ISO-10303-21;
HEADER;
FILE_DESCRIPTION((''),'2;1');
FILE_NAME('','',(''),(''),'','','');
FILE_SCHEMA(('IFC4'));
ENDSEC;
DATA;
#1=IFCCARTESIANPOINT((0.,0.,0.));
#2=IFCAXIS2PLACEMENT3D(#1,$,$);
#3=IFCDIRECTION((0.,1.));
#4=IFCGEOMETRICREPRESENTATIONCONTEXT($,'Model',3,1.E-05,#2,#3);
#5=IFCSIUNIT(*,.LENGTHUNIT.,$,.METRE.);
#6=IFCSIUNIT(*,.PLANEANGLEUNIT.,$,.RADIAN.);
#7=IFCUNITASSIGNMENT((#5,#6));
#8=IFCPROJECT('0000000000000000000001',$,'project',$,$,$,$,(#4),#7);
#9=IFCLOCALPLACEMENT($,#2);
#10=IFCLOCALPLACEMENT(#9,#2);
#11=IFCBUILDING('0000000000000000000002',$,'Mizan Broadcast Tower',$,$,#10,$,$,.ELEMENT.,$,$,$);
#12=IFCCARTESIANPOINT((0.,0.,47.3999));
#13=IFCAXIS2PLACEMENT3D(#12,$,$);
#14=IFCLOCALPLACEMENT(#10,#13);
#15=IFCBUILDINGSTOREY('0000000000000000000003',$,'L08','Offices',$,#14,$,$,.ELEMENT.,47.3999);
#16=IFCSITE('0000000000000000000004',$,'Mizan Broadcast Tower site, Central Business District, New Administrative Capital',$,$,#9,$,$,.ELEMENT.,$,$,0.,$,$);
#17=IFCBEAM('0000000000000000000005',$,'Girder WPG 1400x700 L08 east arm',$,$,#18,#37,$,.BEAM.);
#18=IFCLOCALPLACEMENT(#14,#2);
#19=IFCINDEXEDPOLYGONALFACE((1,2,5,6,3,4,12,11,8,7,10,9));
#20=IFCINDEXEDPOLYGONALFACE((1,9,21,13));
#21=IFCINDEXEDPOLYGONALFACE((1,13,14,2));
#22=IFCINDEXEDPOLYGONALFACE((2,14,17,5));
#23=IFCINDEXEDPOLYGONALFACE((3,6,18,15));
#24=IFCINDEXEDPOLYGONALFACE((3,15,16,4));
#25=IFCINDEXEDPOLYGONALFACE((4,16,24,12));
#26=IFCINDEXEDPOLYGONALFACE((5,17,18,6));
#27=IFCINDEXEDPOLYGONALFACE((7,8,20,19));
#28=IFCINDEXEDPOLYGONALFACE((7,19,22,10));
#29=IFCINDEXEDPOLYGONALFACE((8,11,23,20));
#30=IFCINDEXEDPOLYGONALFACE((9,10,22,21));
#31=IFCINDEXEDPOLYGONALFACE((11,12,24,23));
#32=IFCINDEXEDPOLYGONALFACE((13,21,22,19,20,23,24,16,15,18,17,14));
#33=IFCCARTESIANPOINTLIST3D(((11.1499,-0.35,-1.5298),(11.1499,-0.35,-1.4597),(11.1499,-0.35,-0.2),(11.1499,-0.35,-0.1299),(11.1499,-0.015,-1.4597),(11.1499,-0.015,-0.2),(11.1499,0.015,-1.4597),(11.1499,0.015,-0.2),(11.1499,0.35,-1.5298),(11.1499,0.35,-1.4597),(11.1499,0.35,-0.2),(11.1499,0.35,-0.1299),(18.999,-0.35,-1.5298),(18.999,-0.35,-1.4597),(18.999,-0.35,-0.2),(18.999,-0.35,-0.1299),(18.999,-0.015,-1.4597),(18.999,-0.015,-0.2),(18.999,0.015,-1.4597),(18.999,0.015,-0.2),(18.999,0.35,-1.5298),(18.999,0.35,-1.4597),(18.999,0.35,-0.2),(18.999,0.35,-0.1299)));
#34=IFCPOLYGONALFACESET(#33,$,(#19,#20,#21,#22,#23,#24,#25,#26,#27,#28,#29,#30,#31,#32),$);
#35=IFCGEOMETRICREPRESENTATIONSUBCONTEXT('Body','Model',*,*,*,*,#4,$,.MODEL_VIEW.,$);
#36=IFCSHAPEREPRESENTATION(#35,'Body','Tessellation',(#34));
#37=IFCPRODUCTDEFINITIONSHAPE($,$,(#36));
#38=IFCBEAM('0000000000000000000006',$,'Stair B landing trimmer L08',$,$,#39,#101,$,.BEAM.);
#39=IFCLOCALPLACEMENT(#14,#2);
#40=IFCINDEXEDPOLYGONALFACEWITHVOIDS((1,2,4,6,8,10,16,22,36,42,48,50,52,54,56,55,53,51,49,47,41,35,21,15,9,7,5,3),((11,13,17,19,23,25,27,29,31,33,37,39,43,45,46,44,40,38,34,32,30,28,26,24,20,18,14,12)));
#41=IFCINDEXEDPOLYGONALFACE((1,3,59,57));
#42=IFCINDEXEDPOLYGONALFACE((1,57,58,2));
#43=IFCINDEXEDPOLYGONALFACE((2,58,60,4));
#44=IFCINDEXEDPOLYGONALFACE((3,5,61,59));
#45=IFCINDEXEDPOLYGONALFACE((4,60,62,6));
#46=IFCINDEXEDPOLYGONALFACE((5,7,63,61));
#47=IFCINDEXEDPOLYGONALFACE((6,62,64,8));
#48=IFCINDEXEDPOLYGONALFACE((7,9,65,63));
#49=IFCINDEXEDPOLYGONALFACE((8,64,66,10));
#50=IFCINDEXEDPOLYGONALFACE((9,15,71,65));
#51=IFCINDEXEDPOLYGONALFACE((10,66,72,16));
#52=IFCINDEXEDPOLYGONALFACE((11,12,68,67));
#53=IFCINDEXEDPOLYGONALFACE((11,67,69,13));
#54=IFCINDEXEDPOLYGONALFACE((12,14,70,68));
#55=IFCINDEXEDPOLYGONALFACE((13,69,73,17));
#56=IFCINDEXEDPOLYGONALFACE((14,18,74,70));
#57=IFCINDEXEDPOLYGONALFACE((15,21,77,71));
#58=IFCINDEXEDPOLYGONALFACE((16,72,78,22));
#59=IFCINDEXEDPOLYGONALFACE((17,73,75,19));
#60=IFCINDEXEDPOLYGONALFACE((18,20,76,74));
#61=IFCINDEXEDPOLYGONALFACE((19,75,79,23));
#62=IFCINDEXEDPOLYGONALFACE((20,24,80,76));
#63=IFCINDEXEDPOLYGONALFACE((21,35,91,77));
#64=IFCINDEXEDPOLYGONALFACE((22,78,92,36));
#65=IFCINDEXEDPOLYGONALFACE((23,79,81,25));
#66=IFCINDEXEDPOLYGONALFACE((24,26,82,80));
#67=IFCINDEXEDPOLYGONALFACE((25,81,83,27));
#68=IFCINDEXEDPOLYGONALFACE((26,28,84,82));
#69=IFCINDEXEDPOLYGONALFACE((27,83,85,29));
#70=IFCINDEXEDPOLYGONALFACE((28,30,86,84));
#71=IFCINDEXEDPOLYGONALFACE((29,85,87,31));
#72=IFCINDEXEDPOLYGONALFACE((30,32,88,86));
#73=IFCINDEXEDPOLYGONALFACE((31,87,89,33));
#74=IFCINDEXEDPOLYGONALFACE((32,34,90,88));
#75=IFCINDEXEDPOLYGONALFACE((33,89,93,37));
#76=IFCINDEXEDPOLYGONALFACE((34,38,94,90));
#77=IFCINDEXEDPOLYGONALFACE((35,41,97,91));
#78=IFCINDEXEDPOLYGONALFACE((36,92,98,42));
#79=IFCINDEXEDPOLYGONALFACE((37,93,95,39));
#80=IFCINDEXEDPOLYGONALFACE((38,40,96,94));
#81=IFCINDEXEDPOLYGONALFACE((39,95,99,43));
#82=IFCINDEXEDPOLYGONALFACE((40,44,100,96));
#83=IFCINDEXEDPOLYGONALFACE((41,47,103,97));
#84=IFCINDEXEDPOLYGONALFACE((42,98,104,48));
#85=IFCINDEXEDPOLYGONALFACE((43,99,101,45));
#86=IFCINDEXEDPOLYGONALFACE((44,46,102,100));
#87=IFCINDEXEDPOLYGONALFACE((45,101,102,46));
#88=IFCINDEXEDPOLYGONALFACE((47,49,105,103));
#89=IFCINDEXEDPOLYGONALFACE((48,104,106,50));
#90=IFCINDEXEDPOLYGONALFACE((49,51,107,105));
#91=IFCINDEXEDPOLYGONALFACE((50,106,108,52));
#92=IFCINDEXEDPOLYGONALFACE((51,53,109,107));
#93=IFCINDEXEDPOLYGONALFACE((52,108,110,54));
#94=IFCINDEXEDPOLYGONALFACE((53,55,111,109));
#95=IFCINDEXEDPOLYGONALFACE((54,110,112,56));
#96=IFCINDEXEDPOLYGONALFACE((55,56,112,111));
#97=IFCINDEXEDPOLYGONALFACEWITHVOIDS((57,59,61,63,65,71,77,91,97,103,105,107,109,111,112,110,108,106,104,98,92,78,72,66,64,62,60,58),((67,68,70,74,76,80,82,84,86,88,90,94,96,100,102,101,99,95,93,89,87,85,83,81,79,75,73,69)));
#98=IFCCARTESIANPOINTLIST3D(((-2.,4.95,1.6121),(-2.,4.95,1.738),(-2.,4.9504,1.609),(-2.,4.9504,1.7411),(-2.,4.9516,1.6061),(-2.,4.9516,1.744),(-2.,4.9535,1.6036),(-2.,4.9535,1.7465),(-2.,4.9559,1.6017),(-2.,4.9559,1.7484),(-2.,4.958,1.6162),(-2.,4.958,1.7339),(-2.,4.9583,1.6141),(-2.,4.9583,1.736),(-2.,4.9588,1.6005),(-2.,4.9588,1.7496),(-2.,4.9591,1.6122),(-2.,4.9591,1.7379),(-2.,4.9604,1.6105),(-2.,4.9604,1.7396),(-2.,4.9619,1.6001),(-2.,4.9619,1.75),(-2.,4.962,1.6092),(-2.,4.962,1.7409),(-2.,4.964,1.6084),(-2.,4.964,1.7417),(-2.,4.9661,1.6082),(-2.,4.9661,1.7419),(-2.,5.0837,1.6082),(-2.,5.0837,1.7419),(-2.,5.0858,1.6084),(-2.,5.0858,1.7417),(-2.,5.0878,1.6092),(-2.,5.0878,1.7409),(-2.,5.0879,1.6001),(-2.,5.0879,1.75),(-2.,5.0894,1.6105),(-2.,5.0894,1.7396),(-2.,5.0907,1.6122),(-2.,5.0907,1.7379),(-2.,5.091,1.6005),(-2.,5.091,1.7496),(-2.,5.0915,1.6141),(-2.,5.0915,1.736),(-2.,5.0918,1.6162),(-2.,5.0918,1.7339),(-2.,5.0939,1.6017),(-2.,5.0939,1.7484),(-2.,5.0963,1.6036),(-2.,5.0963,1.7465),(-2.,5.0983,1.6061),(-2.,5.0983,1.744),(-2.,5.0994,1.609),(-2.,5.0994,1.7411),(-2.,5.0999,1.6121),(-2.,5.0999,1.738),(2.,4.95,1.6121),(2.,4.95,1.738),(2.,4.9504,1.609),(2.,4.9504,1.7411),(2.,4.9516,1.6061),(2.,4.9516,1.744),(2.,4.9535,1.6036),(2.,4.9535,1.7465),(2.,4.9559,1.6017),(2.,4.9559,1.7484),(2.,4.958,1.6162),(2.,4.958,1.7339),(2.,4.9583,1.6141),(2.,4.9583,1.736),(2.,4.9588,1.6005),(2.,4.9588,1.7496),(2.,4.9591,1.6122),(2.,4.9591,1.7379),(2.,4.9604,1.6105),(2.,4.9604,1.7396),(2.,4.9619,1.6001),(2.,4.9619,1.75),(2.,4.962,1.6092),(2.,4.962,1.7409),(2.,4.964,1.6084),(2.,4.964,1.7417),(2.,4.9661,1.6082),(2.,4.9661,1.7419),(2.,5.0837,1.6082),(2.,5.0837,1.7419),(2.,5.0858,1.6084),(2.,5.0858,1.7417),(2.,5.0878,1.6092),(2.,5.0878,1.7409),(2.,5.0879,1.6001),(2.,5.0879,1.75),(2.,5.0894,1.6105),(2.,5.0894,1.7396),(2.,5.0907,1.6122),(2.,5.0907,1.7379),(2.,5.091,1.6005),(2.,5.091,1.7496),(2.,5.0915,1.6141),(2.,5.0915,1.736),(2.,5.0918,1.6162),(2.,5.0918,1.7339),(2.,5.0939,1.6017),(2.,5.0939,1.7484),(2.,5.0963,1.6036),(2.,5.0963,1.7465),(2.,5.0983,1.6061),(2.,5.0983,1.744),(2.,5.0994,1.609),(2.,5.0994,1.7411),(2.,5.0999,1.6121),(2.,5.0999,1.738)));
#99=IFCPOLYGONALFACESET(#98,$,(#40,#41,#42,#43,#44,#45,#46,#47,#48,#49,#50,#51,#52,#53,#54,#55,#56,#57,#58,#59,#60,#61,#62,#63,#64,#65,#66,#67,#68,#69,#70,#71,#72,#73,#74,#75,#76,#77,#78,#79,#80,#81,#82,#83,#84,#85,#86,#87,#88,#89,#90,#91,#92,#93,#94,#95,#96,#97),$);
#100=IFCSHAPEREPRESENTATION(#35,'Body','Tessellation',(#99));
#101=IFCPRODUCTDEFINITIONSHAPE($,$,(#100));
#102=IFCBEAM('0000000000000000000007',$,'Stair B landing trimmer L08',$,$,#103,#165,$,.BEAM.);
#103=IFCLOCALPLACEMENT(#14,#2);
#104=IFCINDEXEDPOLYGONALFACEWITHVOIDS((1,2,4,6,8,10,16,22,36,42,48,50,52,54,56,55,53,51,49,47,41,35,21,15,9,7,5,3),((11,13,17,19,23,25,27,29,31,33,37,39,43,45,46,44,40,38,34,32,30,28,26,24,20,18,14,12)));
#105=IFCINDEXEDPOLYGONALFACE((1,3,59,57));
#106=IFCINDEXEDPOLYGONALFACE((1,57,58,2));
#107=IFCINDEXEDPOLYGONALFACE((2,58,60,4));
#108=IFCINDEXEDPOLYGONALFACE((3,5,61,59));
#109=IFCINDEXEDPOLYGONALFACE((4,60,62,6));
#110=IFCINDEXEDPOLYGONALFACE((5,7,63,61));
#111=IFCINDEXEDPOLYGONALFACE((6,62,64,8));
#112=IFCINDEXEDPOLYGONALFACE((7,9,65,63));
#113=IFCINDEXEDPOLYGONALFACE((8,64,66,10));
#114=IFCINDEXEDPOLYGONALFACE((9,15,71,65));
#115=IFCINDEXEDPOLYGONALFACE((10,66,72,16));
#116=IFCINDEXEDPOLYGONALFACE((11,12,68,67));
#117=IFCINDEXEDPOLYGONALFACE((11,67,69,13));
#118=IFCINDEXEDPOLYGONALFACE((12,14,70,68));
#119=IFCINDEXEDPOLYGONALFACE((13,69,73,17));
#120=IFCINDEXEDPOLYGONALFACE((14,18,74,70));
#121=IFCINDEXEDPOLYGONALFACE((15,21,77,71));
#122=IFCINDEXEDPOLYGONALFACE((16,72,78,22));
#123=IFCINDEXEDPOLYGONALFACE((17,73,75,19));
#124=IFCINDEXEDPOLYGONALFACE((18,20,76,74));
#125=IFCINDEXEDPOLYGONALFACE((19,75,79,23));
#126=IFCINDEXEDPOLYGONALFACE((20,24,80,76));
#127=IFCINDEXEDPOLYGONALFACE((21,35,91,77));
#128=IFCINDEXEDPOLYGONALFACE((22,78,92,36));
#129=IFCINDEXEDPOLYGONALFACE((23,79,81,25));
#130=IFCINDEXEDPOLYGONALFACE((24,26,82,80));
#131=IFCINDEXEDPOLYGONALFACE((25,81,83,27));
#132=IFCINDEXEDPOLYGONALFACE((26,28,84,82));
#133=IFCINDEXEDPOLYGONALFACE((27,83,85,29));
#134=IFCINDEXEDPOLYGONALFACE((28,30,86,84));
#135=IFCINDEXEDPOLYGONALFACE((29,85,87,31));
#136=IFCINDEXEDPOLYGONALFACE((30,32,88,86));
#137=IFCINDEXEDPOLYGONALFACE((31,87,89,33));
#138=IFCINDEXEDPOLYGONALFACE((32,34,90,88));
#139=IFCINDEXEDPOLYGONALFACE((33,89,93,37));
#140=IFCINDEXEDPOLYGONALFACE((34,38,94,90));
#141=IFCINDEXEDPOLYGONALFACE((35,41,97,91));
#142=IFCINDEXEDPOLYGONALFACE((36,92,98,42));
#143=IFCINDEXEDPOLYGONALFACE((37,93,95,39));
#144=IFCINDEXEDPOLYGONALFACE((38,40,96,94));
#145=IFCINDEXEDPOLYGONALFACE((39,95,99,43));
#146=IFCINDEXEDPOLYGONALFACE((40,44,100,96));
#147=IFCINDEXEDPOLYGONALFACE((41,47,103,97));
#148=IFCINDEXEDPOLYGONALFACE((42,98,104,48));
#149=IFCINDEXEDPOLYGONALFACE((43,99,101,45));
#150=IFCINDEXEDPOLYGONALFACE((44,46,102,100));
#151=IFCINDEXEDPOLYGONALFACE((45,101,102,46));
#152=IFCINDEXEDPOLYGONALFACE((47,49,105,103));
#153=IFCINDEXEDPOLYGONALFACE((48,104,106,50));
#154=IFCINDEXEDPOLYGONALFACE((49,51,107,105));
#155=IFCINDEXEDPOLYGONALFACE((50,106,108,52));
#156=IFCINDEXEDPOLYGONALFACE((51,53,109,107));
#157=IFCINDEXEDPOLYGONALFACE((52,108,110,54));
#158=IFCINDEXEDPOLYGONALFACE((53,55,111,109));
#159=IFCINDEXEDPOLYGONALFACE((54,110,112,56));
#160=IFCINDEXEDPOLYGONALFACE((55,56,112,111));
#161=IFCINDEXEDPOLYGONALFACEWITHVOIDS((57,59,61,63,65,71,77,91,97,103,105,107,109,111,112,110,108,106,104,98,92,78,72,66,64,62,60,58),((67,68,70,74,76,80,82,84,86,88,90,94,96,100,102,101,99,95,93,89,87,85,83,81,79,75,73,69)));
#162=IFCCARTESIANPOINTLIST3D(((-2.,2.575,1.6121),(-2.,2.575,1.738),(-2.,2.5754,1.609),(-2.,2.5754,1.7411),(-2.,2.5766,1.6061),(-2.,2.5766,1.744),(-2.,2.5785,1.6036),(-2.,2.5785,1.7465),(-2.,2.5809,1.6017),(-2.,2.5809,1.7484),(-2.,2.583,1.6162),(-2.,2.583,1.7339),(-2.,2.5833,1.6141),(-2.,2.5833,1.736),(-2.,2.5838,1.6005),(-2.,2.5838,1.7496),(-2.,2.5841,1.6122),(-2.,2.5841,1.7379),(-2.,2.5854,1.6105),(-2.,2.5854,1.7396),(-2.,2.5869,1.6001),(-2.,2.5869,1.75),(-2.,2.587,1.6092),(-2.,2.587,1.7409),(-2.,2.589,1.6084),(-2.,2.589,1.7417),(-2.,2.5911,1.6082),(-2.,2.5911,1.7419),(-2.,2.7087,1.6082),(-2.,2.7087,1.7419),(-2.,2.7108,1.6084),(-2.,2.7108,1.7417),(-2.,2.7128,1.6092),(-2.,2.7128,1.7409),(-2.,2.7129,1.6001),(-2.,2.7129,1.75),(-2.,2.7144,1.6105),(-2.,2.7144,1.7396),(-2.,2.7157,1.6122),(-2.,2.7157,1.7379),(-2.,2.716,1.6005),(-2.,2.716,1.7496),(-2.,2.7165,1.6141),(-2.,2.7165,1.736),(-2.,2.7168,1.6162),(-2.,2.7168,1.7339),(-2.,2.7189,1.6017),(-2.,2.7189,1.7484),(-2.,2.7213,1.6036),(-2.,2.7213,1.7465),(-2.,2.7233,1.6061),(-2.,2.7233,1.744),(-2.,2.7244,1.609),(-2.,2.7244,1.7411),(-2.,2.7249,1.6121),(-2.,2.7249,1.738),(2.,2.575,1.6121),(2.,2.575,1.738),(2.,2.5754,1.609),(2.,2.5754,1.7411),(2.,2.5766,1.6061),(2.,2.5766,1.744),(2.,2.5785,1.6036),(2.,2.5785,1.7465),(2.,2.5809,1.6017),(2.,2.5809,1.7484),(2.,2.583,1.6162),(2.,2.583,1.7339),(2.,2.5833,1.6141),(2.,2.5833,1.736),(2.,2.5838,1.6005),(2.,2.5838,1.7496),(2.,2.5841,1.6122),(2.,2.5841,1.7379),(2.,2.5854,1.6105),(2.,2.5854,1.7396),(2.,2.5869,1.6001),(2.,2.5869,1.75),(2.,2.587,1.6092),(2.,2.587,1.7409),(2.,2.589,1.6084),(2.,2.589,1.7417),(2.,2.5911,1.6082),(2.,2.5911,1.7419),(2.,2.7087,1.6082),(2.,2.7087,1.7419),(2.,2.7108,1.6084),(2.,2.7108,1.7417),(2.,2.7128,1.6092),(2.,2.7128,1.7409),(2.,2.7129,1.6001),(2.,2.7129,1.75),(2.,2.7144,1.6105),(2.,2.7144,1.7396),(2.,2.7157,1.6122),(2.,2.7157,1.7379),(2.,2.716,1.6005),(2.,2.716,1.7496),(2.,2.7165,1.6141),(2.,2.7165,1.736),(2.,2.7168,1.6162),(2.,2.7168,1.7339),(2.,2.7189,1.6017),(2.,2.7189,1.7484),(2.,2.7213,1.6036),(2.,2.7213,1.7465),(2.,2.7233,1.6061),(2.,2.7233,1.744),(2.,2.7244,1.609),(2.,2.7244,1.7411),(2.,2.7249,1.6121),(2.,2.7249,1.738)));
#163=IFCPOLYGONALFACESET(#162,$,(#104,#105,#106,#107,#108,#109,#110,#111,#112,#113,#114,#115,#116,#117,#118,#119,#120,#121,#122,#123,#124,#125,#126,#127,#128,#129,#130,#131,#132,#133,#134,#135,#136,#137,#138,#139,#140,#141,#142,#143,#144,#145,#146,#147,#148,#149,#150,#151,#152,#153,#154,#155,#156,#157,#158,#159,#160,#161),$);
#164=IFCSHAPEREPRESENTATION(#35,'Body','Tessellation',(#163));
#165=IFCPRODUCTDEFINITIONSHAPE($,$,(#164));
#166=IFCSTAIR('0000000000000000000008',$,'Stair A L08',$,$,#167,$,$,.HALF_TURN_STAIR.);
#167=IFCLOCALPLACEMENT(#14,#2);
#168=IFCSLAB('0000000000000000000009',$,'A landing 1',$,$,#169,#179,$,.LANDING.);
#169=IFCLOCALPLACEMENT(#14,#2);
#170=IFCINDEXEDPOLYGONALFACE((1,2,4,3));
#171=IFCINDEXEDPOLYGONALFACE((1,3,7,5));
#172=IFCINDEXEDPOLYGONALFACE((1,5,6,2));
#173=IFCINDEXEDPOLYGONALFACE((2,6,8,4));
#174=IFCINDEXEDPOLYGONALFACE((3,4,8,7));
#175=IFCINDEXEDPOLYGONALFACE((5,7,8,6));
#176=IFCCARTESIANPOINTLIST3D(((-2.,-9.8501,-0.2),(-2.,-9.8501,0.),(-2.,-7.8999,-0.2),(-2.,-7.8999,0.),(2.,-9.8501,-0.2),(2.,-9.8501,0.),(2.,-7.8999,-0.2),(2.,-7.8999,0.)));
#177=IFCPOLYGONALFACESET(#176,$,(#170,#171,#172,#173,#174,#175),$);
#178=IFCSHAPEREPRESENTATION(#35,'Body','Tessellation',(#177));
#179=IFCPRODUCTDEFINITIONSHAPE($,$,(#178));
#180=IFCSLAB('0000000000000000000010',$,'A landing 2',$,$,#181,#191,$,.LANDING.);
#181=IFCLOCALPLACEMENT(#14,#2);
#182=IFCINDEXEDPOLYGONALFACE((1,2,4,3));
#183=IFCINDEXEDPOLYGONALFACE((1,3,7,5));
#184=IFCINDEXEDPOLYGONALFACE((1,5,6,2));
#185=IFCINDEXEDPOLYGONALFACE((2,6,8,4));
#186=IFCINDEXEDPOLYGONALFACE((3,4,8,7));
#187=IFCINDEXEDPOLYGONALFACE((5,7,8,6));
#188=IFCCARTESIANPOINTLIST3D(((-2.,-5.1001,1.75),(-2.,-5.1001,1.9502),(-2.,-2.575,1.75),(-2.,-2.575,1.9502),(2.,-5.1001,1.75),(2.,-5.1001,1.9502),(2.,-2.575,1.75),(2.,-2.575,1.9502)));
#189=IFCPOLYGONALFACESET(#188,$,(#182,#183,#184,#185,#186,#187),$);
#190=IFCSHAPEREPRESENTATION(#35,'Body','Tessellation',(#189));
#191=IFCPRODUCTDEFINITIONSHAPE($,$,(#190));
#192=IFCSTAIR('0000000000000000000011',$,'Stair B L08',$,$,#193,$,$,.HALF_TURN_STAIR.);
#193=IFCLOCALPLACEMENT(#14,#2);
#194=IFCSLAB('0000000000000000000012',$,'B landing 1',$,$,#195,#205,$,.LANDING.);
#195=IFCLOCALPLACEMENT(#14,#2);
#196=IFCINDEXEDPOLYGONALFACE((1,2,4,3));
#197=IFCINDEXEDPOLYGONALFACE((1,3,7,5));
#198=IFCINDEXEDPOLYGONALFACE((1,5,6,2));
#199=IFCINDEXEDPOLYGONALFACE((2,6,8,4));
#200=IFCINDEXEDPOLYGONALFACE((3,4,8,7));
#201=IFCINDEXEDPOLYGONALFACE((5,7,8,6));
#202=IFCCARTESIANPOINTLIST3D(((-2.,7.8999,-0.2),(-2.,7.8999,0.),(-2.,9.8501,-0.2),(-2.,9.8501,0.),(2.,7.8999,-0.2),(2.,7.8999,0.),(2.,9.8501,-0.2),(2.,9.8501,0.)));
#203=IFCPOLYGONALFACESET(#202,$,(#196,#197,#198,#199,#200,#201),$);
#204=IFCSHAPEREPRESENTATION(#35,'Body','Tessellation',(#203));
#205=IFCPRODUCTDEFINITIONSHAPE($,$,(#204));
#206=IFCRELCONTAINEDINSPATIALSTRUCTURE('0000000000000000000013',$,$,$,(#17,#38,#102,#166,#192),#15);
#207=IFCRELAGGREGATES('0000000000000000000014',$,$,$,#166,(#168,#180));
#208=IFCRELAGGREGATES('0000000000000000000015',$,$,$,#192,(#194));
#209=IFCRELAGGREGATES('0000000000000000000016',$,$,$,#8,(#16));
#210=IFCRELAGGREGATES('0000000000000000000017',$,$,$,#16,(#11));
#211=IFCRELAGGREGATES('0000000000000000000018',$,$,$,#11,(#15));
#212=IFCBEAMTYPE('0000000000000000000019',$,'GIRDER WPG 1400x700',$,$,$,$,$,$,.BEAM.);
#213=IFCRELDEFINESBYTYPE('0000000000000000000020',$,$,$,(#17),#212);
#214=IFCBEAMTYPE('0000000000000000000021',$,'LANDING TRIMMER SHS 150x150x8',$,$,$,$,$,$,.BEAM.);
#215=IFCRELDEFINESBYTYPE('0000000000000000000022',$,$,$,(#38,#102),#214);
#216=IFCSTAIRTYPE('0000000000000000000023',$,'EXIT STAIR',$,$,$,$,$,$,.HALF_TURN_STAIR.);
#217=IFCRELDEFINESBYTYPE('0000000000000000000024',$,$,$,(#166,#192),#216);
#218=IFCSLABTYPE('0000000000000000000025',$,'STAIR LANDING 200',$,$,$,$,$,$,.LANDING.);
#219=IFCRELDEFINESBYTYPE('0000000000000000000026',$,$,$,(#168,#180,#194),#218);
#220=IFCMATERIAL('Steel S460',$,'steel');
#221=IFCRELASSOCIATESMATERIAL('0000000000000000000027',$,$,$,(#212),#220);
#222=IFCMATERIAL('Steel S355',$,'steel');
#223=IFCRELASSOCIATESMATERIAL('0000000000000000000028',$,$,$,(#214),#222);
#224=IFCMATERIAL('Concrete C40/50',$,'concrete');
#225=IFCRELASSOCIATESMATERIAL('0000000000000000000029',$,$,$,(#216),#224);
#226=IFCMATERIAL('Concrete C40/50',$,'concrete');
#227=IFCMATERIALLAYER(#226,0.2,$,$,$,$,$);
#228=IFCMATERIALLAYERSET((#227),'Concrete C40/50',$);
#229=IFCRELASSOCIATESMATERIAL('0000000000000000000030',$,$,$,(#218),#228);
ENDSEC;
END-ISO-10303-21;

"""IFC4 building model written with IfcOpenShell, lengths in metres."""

from ifc_helpers import new_model, si_unit, direction, frame, origin, origin_2d, place, context, subcontext, project, spatial, polyline, hollow_rectangle, i_section, outline, extrude, material, layer, layer_set, material_profile, profile_set, type_object, element, aggregate, save


model = new_model("IFC4")

# Units and contexts
model_context = context("Model", 3, precision=1e-05, world=origin(), true_north=direction((0.0, 1.0)))
body_context = subcontext(model_context, "Body", "Model", "MODEL_VIEW")
ifc_project = project(units=[si_unit("LENGTHUNIT", "METRE"), si_unit("PLANEANGLEUNIT", "RADIAN")], contexts=[model_context])

# Site, building, storey
site_placement = place(None, origin())
site = spatial("IfcSite", under=ifc_project, at=site_placement, Name="Mizan Broadcast Tower site, Central Business District, New Administrative Capital", CompositionType="ELEMENT", RefElevation=0.0)
building_placement = place(site_placement, origin())
building = spatial("IfcBuilding", under=site, at=building_placement, Name="Mizan Broadcast Tower", CompositionType="ELEMENT")
storey_placement = place(building_placement, frame((0.0, 0.0, 47.3999)))
storey = spatial("IfcBuildingStorey", under=building, at=storey_placement, Name="L08", Description="Offices", CompositionType="ELEMENT", Elevation=47.3999)

# Beams
ifc_material_1 = material(Name="Steel S460", Category="steel")
ifc_material_profile_1 = material_profile(ifc_material_1, i_section(OverallWidth=0.7, OverallDepth=1.3999, WebThickness=0.03, FlangeThickness=0.0701, at=origin_2d()), Name="WPG 1400x700")
ifc_profile_set_1 = profile_set([ifc_material_profile_1], Name="Steel S460")
beam_type_1 = type_object("IfcBeamType", Name="GIRDER WPG 1400x700", PredefinedType="BEAM", material=ifc_profile_set_1)
beam_placement = place(storey_placement, frame((11.1499, 0.0, -0.8298), z_axis=(1.0, 0.0, 0.0), x_axis=(0.0, 1.0, 0.0)))
element("IfcBeam", 1, at=beam_placement, inside=storey, type_object=beam_type_1, Name="Girder WPG 1400x700 L08 east arm", PredefinedType="BEAM", context=body_context, shape_type="SweptSolid", body=[
    extrude(i_section(OverallWidth=0.7, OverallDepth=1.3999, WebThickness=0.03, FlangeThickness=0.0701, at=origin_2d()), origin(), (0.0, 0.0, 1.0), 7.8491),
])
ifc_material_2 = material(Name="Steel S355", Category="steel")
ifc_material_profile_2 = material_profile(ifc_material_2, hollow_rectangle(XDim=0.1499, YDim=0.1499, WallThickness=0.0081, InnerFilletRadius=0.0081, OuterFilletRadius=0.012, at=origin_2d()), Name="SHS 150x150x8")
ifc_profile_set_2 = profile_set([ifc_material_profile_2], Name="Steel S355")
beam_type_2 = type_object("IfcBeamType", Name="LANDING TRIMMER SHS 150x150x8", PredefinedType="BEAM", material=ifc_profile_set_2)
for number, where, z_axis, x_axis, name in (
    (2, (2.0, 5.0249, 1.675), (-1.0, 0.0, 0.0), (0.0, -1.0, 0.0), "Stair B landing trimmer L08"),
    (3, (2.0, 2.6499, 1.675), (-1.0, 0.0, 0.0), (0.0, -1.0, 0.0), "Stair B landing trimmer L08"),
):
    element("IfcBeam", number, at=place(storey_placement, frame(where, z_axis=z_axis, x_axis=x_axis)), inside=storey, type_object=beam_type_2, Name=name, PredefinedType="BEAM", context=body_context, shape_type="SweptSolid", body=[
        extrude(hollow_rectangle(XDim=0.1499, YDim=0.1499, WallThickness=0.0081, InnerFilletRadius=0.0081, OuterFilletRadius=0.012, at=origin_2d()), origin(), (0.0, 0.0, 1.0), 4.0),
    ])

# Stairs, slabs
ifc_material_3 = material(Name="Concrete C40/50", Category="concrete")
stair_type = type_object("IfcStairType", Name="EXIT STAIR", PredefinedType="HALF_TURN_STAIR", material=ifc_material_3)
stair_1_placement = place(storey_placement, origin())
stair_1 = element("IfcStair", 4, at=stair_1_placement, inside=storey, type_object=stair_type, Name="Stair A L08", PredefinedType="HALF_TURN_STAIR")
ifc_material_4 = material(Name="Concrete C40/50", Category="concrete")
ifc_layer_1 = layer(ifc_material_4, 0.2)
ifc_layer_set_1 = layer_set([ifc_layer_1], Name="Concrete C40/50")
slab_type = type_object("IfcSlabType", Name="STAIR LANDING 200", PredefinedType="LANDING", material=ifc_layer_set_1)
slab_1_placement = place(storey_placement, frame((0.0, 0.0, -0.2)))
slab_1 = element("IfcSlab", 5, at=slab_1_placement, type_object=slab_type, Name="A landing 1", PredefinedType="LANDING", context=body_context, shape_type="SweptSolid", body=[
    extrude(outline(polyline([(-2.0, -9.8501), (-2.0, -7.8999), (2.0, -7.8999), (2.0, -9.8501), (-2.0, -9.8501)])), origin(), (0.0, 0.0, 1.0), 0.2),
])
slab_2_placement = place(storey_placement, frame((0.0, 0.0, 1.75)))
slab_2 = element("IfcSlab", 6, at=slab_2_placement, type_object=slab_type, Name="A landing 2", PredefinedType="LANDING", context=body_context, shape_type="SweptSolid", body=[
    extrude(outline(polyline([(-2.0, -5.1001), (-2.0, -2.575), (2.0, -2.575), (2.0, -5.1001), (-2.0, -5.1001)])), origin(), (0.0, 0.0, 1.0), 0.2002),
])
aggregate(stair_1, [slab_1, slab_2])
stair_2_placement = place(storey_placement, origin())
stair_2 = element("IfcStair", 7, at=stair_2_placement, inside=storey, type_object=stair_type, Name="Stair B L08", PredefinedType="HALF_TURN_STAIR")
slab_3_placement = place(storey_placement, frame((0.0, 0.0, -0.2)))
slab_3 = element("IfcSlab", 8, at=slab_3_placement, type_object=slab_type, Name="B landing 1", PredefinedType="LANDING", context=body_context, shape_type="SweptSolid", body=[
    extrude(outline(polyline([(2.0, 9.8501), (2.0, 7.8999), (-2.0, 7.8999), (-2.0, 9.8501), (2.0, 9.8501)])), origin(), (0.0, 0.0, 1.0), 0.2),
])

aggregate(stair_2, [slab_3])

save(model, "model.ifc")
